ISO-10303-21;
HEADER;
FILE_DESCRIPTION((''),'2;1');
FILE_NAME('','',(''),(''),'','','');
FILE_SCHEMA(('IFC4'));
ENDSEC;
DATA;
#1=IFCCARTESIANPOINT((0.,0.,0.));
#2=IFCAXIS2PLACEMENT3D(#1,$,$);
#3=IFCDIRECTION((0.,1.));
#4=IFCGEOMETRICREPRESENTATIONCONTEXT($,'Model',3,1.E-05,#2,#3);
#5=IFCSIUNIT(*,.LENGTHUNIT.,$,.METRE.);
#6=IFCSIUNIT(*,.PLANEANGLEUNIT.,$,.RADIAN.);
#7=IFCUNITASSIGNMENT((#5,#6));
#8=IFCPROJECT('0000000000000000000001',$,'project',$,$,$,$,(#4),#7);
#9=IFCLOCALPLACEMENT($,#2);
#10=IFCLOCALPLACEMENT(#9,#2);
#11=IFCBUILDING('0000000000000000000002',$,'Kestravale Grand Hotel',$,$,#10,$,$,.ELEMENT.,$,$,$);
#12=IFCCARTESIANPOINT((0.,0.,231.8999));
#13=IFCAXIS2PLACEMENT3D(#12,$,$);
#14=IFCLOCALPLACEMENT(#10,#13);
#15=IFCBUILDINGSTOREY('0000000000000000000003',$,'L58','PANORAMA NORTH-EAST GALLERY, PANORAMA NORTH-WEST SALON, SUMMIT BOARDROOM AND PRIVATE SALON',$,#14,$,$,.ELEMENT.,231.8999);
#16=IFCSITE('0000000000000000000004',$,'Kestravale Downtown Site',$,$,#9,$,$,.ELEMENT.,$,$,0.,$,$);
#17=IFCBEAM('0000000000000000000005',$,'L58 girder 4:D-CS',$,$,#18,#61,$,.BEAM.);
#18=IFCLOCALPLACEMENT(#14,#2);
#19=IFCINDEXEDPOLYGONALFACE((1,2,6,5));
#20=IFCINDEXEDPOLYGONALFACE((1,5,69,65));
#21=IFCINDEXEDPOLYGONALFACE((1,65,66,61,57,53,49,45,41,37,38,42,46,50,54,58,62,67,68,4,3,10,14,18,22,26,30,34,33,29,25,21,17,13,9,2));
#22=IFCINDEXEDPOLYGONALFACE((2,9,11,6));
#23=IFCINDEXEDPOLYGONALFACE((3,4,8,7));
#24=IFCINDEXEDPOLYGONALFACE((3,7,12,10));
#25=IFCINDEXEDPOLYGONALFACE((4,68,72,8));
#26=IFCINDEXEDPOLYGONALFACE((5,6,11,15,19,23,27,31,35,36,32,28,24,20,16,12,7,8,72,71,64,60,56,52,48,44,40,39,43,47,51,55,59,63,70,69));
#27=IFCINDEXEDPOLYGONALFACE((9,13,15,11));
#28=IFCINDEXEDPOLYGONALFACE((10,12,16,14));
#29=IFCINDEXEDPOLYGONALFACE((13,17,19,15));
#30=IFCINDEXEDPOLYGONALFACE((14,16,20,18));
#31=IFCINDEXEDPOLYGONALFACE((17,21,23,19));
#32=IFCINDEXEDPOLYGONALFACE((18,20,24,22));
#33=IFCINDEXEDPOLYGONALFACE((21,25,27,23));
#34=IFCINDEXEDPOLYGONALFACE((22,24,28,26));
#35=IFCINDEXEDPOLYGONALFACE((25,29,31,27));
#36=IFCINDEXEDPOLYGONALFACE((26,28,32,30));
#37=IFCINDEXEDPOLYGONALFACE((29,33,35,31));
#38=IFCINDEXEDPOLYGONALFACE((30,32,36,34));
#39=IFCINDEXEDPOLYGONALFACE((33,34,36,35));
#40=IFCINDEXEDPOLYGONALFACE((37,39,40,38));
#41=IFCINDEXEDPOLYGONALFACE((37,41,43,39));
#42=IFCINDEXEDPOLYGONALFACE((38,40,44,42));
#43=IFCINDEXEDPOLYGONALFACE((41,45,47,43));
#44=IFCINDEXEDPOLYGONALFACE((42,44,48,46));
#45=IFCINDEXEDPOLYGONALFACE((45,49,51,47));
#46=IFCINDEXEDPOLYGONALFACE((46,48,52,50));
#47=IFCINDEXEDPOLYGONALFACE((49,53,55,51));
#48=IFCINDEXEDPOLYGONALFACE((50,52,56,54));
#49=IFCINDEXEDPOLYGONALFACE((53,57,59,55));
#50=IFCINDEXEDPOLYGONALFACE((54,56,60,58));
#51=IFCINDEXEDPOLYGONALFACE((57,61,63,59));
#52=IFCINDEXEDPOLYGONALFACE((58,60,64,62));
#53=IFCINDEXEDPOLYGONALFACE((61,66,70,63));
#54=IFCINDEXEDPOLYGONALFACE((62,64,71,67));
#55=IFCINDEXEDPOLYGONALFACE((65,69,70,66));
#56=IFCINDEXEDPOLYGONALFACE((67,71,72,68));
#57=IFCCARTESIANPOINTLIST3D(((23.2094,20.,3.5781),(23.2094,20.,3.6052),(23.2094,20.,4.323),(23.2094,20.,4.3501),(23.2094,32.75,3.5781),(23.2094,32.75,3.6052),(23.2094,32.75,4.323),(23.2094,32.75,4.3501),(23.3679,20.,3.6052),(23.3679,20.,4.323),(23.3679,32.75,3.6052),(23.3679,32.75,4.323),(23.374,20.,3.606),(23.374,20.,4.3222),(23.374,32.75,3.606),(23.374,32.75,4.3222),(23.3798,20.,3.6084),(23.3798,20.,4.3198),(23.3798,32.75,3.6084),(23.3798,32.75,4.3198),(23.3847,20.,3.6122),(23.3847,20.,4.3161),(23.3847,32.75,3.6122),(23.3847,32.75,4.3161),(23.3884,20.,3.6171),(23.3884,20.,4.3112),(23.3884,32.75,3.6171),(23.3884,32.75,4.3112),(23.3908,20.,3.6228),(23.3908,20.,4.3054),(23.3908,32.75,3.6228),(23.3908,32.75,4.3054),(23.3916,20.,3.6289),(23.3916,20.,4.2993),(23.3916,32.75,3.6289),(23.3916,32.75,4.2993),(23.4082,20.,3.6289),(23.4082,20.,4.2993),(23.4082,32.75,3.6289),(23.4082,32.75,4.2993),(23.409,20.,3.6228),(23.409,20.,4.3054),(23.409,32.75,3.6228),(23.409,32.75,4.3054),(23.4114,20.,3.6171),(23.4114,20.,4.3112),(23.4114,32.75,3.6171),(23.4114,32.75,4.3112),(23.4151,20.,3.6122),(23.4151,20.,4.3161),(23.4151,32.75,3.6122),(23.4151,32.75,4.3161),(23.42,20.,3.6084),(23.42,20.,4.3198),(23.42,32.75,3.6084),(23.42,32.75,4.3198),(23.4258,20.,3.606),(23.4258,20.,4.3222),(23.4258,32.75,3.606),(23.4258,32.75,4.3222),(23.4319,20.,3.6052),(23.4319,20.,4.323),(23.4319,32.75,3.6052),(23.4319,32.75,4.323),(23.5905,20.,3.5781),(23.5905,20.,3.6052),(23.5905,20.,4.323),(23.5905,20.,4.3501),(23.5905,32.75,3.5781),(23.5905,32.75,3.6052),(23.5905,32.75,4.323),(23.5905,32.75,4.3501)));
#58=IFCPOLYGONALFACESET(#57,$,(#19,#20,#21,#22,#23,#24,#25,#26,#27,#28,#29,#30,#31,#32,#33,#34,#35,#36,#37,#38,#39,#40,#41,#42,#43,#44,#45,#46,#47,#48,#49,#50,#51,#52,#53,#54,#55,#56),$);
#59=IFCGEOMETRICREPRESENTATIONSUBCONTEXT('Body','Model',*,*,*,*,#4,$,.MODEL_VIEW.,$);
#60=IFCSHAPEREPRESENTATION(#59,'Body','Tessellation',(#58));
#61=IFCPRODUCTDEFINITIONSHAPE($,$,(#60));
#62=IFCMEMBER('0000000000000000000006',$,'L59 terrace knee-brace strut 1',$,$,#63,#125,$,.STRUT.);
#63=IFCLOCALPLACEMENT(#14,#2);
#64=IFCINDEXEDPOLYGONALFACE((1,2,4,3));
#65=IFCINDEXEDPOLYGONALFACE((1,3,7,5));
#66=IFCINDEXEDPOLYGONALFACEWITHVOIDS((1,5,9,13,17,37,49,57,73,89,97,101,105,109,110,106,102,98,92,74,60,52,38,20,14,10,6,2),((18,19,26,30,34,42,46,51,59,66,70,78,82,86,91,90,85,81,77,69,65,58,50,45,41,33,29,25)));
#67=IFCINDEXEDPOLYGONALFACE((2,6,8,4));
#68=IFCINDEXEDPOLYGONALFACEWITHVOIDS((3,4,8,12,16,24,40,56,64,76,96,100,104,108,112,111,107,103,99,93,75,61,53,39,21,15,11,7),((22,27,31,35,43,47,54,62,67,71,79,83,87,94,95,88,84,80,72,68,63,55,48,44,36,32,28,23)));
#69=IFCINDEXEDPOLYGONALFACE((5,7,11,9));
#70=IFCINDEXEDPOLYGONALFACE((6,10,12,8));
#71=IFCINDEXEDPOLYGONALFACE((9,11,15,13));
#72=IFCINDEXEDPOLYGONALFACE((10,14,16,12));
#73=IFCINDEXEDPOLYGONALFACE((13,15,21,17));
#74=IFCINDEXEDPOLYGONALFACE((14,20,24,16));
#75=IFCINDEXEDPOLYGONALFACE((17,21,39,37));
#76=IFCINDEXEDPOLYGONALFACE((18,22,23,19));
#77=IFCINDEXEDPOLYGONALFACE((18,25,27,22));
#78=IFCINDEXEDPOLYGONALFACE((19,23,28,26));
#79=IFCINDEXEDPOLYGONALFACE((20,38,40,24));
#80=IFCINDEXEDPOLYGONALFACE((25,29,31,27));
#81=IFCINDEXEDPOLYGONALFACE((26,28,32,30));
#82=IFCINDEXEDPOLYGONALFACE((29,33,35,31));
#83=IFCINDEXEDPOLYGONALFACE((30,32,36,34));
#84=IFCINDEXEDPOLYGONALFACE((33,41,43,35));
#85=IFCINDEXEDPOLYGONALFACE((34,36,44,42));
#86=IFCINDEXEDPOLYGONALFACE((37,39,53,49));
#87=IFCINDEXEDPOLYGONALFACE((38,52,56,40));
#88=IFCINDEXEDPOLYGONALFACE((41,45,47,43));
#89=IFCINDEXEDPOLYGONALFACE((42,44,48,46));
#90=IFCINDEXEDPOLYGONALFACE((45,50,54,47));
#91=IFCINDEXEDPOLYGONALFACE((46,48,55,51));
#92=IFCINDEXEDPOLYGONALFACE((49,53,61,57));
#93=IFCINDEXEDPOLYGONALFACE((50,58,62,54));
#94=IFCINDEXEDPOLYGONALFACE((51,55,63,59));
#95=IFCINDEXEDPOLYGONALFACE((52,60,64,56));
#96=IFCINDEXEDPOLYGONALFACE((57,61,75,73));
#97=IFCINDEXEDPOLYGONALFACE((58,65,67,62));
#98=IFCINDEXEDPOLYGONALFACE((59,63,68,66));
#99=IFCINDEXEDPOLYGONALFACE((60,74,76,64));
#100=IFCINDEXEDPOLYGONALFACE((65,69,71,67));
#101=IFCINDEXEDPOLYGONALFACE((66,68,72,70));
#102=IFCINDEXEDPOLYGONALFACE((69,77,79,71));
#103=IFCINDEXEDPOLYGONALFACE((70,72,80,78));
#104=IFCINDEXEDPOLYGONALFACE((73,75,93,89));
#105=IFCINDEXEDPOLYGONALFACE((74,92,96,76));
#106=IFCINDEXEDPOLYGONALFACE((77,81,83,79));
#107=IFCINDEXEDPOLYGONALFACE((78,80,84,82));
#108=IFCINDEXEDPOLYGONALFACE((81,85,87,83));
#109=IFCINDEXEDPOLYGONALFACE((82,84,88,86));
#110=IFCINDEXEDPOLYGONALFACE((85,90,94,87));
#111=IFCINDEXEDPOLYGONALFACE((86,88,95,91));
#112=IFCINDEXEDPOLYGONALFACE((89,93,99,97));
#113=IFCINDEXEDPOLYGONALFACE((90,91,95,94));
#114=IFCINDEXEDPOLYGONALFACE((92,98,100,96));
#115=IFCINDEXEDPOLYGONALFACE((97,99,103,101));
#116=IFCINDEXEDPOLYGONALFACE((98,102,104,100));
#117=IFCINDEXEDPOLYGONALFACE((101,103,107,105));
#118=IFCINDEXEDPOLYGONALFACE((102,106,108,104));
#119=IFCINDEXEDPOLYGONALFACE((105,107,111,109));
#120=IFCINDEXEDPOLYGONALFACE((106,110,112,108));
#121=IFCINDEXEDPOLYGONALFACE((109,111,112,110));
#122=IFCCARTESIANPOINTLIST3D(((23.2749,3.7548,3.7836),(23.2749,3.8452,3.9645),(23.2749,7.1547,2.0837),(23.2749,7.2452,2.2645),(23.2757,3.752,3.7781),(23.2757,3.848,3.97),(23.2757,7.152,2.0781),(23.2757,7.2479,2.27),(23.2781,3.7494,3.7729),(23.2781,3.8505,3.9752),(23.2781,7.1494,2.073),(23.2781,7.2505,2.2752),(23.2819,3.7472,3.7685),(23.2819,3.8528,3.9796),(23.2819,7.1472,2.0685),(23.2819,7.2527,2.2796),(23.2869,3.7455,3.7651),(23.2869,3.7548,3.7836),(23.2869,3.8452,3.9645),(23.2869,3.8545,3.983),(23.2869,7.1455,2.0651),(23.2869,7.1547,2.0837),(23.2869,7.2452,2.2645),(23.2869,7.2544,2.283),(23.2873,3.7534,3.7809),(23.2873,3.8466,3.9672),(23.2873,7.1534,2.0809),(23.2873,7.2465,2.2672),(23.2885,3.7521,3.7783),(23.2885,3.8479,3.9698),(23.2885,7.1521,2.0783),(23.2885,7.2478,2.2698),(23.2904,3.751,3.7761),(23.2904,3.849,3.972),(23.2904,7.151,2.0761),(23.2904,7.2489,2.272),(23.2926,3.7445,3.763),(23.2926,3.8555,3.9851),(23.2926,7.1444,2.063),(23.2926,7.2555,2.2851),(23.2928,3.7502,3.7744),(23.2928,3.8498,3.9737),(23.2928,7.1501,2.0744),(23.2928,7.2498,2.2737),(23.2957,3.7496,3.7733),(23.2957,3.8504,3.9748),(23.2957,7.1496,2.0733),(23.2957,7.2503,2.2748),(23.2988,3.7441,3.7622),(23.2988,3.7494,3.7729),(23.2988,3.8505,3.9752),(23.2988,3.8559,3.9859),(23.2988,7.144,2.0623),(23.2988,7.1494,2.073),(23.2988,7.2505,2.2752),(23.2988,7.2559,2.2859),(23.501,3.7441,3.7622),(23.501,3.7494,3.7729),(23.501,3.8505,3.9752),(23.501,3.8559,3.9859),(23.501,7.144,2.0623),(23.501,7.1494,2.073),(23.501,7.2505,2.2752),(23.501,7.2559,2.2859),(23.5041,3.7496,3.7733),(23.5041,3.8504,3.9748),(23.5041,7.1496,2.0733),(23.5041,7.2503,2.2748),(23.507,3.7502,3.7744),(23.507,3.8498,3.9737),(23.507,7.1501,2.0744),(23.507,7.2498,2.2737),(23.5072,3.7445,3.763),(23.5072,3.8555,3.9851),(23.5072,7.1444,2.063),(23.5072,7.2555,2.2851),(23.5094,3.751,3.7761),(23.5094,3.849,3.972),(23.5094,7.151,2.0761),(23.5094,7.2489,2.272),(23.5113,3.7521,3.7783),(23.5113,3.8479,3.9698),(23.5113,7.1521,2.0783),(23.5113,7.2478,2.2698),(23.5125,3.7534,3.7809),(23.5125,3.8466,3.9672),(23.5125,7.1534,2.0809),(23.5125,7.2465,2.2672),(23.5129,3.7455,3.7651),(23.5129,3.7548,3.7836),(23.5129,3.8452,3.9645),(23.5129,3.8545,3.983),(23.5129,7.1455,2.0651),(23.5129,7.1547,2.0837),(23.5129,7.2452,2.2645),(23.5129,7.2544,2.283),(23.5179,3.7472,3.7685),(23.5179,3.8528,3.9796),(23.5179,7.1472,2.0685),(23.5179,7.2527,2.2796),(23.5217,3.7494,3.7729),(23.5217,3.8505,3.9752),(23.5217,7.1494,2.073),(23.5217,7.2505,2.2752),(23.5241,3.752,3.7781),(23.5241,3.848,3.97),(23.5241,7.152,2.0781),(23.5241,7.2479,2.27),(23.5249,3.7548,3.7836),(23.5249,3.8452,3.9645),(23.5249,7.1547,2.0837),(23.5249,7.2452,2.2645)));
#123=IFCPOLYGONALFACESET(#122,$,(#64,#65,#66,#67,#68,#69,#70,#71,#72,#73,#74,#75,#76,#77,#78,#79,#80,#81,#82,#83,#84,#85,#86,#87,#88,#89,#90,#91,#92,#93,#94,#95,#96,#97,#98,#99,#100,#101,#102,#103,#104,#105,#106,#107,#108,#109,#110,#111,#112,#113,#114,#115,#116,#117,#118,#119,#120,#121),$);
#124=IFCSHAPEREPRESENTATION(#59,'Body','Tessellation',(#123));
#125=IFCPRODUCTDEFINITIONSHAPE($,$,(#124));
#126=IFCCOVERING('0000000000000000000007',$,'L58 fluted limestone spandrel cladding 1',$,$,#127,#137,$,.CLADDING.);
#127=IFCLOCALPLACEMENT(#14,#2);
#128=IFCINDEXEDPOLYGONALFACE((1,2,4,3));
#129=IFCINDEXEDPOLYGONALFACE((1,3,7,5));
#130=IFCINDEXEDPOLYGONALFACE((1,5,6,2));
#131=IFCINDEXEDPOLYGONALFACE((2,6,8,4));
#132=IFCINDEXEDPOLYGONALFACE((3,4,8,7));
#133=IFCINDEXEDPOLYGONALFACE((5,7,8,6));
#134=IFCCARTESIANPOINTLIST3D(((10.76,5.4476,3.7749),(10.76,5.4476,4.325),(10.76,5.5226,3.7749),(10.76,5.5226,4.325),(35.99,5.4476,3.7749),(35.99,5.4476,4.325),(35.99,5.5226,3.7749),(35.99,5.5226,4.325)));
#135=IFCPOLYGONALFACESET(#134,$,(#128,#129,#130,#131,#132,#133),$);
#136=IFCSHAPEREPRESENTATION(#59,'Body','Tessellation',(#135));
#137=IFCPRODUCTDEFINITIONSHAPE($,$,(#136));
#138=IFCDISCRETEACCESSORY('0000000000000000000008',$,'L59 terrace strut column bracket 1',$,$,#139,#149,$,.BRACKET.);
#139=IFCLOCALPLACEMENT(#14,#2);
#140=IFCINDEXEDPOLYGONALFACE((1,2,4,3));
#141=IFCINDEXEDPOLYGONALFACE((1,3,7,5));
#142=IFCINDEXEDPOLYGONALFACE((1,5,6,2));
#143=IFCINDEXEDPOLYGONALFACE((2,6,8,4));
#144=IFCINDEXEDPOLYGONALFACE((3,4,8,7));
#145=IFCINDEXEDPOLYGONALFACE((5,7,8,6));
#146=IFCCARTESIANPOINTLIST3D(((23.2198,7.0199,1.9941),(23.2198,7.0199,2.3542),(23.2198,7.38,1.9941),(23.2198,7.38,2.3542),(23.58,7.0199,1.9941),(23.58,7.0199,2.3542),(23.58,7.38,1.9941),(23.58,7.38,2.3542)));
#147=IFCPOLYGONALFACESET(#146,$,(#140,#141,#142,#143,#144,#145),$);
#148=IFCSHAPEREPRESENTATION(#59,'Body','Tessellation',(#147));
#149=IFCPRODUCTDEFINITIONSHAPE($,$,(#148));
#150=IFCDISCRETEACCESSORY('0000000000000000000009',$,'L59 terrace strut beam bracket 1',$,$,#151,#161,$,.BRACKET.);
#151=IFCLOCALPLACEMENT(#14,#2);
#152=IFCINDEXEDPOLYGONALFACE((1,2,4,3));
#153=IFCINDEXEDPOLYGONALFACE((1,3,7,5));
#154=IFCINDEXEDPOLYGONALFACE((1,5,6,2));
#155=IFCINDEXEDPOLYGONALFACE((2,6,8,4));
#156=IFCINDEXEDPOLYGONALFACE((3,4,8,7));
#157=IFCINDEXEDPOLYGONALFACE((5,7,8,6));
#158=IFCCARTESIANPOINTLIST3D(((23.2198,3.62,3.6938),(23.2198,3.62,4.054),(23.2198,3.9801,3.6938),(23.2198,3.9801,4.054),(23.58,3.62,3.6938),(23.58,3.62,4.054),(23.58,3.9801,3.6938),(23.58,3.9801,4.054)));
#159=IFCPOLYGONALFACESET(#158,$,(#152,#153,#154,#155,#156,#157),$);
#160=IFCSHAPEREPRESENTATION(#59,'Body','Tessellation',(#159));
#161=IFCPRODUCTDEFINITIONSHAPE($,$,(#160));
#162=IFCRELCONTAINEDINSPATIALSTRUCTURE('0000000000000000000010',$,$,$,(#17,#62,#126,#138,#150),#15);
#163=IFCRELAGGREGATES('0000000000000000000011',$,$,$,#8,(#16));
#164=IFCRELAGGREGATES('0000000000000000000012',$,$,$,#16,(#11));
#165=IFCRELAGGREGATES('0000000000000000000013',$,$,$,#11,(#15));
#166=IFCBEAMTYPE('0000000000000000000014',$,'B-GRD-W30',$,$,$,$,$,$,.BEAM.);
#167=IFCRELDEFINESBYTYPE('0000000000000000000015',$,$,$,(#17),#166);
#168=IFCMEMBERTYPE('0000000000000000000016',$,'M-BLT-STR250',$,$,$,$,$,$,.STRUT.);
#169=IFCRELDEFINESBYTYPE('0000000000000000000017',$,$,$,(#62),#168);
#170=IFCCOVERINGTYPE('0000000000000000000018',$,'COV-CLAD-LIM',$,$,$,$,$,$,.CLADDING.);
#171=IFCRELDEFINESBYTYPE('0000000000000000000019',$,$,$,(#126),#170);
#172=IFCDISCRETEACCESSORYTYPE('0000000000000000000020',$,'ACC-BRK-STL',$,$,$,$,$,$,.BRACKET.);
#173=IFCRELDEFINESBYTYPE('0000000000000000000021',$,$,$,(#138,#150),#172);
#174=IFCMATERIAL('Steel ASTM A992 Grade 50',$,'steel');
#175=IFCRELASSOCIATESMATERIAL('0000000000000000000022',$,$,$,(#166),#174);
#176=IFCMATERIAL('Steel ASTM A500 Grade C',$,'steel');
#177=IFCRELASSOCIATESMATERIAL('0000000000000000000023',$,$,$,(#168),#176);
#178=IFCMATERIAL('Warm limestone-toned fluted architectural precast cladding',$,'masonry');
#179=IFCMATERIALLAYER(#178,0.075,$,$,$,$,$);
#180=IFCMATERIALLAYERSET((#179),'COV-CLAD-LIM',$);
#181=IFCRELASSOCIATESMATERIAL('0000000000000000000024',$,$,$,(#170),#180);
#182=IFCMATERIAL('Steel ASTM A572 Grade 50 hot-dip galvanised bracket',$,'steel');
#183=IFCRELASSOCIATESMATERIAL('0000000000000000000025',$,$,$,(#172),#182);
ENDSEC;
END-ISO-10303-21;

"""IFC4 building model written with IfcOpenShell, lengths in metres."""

from ifc_helpers import new_model, si_unit, direction, frame, origin, origin_2d, place, context, subcontext, project, spatial, rectangle, hollow_rectangle, i_section, extrude, material, layer, layer_set, material_profile, profile_set, type_object, element, save


model = new_model("IFC4")

# Units and contexts
model_context = context("Model", 3, precision=1e-05, world=origin(), true_north=direction((0.0, 1.0)))
body_context = subcontext(model_context, "Body", "Model", "MODEL_VIEW")
ifc_project = project(units=[si_unit("LENGTHUNIT", "METRE"), si_unit("PLANEANGLEUNIT", "RADIAN")], contexts=[model_context])

# Site, building, storey
site_placement = place(None, origin())
site = spatial("IfcSite", under=ifc_project, at=site_placement, Name="Kestravale Downtown Site", CompositionType="ELEMENT", RefElevation=0.0)
building_placement = place(site_placement, origin())
building = spatial("IfcBuilding", under=site, at=building_placement, Name="Kestravale Grand Hotel", CompositionType="ELEMENT")
storey_placement = place(building_placement, frame((0.0, 0.0, 231.8999)))
storey = spatial("IfcBuildingStorey", under=building, at=storey_placement, Name="L58", Description="PANORAMA NORTH-EAST GALLERY, PANORAMA NORTH-WEST SALON, SUMMIT BOARDROOM AND PRIVATE SALON", CompositionType="ELEMENT", Elevation=231.8999)

# Beam
ifc_material_1 = material(Name="Steel ASTM A992 Grade 50", Category="steel")
ifc_material_profile_1 = material_profile(ifc_material_1, i_section(OverallWidth=0.3811, OverallDepth=0.772, WebThickness=0.0166, FlangeThickness=0.0271, FilletRadius=0.0237, at=origin_2d()))
ifc_profile_set_1 = profile_set([ifc_material_profile_1], Name="Steel ASTM A992 Grade 50")
beam_type_1 = type_object("IfcBeamType", Name="B-GRD-W30", PredefinedType="BEAM", material=ifc_profile_set_1)
beam_1_placement = place(storey_placement, frame((23.3999, 20.0, 3.9641), z_axis=(0.0, 1.0, 0.0), x_axis=(-1.0, 0.0, 0.0)))
element("IfcBeam", 1, at=beam_1_placement, inside=storey, type_object=beam_type_1, Name="L58 girder 4:D-CS", PredefinedType="BEAM", context=body_context, shape_type="SweptSolid", body=[
    extrude(i_section(OverallWidth=0.3811, OverallDepth=0.772, WebThickness=0.0166, FlangeThickness=0.0271, FilletRadius=0.0237, at=origin_2d()), origin(), (0.0, 0.0, 1.0), 12.75),
])

# Member
ifc_material_2 = material(Name="Steel ASTM A500 Grade C", Category="steel")
ifc_material_profile_2 = material_profile(ifc_material_2, hollow_rectangle(XDim=0.25, YDim=0.25, WallThickness=0.012, InnerFilletRadius=0.012, OuterFilletRadius=0.0239, at=origin_2d()))
ifc_profile_set_2 = profile_set([ifc_material_profile_2], Name="Steel ASTM A500 Grade C")
member_type = type_object("IfcMemberType", Name="M-BLT-STR250", PredefinedType="STRUT", material=ifc_profile_set_2)
member_placement = place(storey_placement, frame((23.3999, 7.2, 2.1741), z_axis=(0.0, -0.894427, 0.447214), x_axis=(1.0, 0.0, 0.0)))
element("IfcMember", 2, at=member_placement, inside=storey, type_object=member_type, Name="L59 terrace knee-brace strut 1", PredefinedType="STRUT", context=body_context, shape_type="SweptSolid", body=[
    extrude(hollow_rectangle(XDim=0.25, YDim=0.25, WallThickness=0.012, InnerFilletRadius=0.012, OuterFilletRadius=0.0239, at=origin_2d()), origin(), (0.0, 0.0, 1.0), 3.8013),
])

# Covering
ifc_material_3 = material(Name="Warm limestone-toned fluted architectural precast cladding", Category="masonry")
ifc_layer = layer(ifc_material_3, 0.075)
ifc_layer_set = layer_set([ifc_layer], Name="COV-CLAD-LIM")
covering_type = type_object("IfcCoveringType", Name="COV-CLAD-LIM", PredefinedType="CLADDING", material=ifc_layer_set)
covering_placement = place(storey_placement, frame((23.375, 5.4851, 3.7749), z_axis=(0.0, 0.0, 1.0), x_axis=(1.0, 0.0, 0.0)))
element("IfcCovering", 3, at=covering_placement, inside=storey, type_object=covering_type, Name="L58 fluted limestone spandrel cladding 1", PredefinedType="CLADDING", context=body_context, shape_type="SweptSolid", body=[
    extrude(rectangle(XDim=25.23, YDim=0.075, at=origin_2d()), origin(), (0.0, 0.0, 1.0), 0.55),
])

# Discrete accessories
ifc_material_4 = material(Name="Steel ASTM A572 Grade 50 hot-dip galvanised bracket", Category="steel")
discrete_accessory_type = type_object("IfcDiscreteAccessoryType", Name="ACC-BRK-STL", PredefinedType="BRACKET", material=ifc_material_4)
for number, where, z_axis, x_axis, name in (
    (4, (23.3999, 7.2, 1.9941), (0.0, 0.0, 1.0), (1.0, 0.0, 0.0), "L59 terrace strut column bracket 1"),
    (5, (23.3999, 3.8, 3.6938), (0.0, 0.0, 1.0), (1.0, 0.0, 0.0), "L59 terrace strut beam bracket 1"),
):
    element("IfcDiscreteAccessory", number, at=place(storey_placement, frame(where, z_axis=z_axis, x_axis=x_axis)), inside=storey, type_object=discrete_accessory_type, Name=name, PredefinedType="BRACKET", context=body_context, shape_type="SweptSolid", body=[
        extrude(rectangle(XDim=0.3601, YDim=0.3601, at=origin_2d()), origin(), (0.0, 0.0, 1.0), 0.3601),
    ])

save(model, "model.ifc")
